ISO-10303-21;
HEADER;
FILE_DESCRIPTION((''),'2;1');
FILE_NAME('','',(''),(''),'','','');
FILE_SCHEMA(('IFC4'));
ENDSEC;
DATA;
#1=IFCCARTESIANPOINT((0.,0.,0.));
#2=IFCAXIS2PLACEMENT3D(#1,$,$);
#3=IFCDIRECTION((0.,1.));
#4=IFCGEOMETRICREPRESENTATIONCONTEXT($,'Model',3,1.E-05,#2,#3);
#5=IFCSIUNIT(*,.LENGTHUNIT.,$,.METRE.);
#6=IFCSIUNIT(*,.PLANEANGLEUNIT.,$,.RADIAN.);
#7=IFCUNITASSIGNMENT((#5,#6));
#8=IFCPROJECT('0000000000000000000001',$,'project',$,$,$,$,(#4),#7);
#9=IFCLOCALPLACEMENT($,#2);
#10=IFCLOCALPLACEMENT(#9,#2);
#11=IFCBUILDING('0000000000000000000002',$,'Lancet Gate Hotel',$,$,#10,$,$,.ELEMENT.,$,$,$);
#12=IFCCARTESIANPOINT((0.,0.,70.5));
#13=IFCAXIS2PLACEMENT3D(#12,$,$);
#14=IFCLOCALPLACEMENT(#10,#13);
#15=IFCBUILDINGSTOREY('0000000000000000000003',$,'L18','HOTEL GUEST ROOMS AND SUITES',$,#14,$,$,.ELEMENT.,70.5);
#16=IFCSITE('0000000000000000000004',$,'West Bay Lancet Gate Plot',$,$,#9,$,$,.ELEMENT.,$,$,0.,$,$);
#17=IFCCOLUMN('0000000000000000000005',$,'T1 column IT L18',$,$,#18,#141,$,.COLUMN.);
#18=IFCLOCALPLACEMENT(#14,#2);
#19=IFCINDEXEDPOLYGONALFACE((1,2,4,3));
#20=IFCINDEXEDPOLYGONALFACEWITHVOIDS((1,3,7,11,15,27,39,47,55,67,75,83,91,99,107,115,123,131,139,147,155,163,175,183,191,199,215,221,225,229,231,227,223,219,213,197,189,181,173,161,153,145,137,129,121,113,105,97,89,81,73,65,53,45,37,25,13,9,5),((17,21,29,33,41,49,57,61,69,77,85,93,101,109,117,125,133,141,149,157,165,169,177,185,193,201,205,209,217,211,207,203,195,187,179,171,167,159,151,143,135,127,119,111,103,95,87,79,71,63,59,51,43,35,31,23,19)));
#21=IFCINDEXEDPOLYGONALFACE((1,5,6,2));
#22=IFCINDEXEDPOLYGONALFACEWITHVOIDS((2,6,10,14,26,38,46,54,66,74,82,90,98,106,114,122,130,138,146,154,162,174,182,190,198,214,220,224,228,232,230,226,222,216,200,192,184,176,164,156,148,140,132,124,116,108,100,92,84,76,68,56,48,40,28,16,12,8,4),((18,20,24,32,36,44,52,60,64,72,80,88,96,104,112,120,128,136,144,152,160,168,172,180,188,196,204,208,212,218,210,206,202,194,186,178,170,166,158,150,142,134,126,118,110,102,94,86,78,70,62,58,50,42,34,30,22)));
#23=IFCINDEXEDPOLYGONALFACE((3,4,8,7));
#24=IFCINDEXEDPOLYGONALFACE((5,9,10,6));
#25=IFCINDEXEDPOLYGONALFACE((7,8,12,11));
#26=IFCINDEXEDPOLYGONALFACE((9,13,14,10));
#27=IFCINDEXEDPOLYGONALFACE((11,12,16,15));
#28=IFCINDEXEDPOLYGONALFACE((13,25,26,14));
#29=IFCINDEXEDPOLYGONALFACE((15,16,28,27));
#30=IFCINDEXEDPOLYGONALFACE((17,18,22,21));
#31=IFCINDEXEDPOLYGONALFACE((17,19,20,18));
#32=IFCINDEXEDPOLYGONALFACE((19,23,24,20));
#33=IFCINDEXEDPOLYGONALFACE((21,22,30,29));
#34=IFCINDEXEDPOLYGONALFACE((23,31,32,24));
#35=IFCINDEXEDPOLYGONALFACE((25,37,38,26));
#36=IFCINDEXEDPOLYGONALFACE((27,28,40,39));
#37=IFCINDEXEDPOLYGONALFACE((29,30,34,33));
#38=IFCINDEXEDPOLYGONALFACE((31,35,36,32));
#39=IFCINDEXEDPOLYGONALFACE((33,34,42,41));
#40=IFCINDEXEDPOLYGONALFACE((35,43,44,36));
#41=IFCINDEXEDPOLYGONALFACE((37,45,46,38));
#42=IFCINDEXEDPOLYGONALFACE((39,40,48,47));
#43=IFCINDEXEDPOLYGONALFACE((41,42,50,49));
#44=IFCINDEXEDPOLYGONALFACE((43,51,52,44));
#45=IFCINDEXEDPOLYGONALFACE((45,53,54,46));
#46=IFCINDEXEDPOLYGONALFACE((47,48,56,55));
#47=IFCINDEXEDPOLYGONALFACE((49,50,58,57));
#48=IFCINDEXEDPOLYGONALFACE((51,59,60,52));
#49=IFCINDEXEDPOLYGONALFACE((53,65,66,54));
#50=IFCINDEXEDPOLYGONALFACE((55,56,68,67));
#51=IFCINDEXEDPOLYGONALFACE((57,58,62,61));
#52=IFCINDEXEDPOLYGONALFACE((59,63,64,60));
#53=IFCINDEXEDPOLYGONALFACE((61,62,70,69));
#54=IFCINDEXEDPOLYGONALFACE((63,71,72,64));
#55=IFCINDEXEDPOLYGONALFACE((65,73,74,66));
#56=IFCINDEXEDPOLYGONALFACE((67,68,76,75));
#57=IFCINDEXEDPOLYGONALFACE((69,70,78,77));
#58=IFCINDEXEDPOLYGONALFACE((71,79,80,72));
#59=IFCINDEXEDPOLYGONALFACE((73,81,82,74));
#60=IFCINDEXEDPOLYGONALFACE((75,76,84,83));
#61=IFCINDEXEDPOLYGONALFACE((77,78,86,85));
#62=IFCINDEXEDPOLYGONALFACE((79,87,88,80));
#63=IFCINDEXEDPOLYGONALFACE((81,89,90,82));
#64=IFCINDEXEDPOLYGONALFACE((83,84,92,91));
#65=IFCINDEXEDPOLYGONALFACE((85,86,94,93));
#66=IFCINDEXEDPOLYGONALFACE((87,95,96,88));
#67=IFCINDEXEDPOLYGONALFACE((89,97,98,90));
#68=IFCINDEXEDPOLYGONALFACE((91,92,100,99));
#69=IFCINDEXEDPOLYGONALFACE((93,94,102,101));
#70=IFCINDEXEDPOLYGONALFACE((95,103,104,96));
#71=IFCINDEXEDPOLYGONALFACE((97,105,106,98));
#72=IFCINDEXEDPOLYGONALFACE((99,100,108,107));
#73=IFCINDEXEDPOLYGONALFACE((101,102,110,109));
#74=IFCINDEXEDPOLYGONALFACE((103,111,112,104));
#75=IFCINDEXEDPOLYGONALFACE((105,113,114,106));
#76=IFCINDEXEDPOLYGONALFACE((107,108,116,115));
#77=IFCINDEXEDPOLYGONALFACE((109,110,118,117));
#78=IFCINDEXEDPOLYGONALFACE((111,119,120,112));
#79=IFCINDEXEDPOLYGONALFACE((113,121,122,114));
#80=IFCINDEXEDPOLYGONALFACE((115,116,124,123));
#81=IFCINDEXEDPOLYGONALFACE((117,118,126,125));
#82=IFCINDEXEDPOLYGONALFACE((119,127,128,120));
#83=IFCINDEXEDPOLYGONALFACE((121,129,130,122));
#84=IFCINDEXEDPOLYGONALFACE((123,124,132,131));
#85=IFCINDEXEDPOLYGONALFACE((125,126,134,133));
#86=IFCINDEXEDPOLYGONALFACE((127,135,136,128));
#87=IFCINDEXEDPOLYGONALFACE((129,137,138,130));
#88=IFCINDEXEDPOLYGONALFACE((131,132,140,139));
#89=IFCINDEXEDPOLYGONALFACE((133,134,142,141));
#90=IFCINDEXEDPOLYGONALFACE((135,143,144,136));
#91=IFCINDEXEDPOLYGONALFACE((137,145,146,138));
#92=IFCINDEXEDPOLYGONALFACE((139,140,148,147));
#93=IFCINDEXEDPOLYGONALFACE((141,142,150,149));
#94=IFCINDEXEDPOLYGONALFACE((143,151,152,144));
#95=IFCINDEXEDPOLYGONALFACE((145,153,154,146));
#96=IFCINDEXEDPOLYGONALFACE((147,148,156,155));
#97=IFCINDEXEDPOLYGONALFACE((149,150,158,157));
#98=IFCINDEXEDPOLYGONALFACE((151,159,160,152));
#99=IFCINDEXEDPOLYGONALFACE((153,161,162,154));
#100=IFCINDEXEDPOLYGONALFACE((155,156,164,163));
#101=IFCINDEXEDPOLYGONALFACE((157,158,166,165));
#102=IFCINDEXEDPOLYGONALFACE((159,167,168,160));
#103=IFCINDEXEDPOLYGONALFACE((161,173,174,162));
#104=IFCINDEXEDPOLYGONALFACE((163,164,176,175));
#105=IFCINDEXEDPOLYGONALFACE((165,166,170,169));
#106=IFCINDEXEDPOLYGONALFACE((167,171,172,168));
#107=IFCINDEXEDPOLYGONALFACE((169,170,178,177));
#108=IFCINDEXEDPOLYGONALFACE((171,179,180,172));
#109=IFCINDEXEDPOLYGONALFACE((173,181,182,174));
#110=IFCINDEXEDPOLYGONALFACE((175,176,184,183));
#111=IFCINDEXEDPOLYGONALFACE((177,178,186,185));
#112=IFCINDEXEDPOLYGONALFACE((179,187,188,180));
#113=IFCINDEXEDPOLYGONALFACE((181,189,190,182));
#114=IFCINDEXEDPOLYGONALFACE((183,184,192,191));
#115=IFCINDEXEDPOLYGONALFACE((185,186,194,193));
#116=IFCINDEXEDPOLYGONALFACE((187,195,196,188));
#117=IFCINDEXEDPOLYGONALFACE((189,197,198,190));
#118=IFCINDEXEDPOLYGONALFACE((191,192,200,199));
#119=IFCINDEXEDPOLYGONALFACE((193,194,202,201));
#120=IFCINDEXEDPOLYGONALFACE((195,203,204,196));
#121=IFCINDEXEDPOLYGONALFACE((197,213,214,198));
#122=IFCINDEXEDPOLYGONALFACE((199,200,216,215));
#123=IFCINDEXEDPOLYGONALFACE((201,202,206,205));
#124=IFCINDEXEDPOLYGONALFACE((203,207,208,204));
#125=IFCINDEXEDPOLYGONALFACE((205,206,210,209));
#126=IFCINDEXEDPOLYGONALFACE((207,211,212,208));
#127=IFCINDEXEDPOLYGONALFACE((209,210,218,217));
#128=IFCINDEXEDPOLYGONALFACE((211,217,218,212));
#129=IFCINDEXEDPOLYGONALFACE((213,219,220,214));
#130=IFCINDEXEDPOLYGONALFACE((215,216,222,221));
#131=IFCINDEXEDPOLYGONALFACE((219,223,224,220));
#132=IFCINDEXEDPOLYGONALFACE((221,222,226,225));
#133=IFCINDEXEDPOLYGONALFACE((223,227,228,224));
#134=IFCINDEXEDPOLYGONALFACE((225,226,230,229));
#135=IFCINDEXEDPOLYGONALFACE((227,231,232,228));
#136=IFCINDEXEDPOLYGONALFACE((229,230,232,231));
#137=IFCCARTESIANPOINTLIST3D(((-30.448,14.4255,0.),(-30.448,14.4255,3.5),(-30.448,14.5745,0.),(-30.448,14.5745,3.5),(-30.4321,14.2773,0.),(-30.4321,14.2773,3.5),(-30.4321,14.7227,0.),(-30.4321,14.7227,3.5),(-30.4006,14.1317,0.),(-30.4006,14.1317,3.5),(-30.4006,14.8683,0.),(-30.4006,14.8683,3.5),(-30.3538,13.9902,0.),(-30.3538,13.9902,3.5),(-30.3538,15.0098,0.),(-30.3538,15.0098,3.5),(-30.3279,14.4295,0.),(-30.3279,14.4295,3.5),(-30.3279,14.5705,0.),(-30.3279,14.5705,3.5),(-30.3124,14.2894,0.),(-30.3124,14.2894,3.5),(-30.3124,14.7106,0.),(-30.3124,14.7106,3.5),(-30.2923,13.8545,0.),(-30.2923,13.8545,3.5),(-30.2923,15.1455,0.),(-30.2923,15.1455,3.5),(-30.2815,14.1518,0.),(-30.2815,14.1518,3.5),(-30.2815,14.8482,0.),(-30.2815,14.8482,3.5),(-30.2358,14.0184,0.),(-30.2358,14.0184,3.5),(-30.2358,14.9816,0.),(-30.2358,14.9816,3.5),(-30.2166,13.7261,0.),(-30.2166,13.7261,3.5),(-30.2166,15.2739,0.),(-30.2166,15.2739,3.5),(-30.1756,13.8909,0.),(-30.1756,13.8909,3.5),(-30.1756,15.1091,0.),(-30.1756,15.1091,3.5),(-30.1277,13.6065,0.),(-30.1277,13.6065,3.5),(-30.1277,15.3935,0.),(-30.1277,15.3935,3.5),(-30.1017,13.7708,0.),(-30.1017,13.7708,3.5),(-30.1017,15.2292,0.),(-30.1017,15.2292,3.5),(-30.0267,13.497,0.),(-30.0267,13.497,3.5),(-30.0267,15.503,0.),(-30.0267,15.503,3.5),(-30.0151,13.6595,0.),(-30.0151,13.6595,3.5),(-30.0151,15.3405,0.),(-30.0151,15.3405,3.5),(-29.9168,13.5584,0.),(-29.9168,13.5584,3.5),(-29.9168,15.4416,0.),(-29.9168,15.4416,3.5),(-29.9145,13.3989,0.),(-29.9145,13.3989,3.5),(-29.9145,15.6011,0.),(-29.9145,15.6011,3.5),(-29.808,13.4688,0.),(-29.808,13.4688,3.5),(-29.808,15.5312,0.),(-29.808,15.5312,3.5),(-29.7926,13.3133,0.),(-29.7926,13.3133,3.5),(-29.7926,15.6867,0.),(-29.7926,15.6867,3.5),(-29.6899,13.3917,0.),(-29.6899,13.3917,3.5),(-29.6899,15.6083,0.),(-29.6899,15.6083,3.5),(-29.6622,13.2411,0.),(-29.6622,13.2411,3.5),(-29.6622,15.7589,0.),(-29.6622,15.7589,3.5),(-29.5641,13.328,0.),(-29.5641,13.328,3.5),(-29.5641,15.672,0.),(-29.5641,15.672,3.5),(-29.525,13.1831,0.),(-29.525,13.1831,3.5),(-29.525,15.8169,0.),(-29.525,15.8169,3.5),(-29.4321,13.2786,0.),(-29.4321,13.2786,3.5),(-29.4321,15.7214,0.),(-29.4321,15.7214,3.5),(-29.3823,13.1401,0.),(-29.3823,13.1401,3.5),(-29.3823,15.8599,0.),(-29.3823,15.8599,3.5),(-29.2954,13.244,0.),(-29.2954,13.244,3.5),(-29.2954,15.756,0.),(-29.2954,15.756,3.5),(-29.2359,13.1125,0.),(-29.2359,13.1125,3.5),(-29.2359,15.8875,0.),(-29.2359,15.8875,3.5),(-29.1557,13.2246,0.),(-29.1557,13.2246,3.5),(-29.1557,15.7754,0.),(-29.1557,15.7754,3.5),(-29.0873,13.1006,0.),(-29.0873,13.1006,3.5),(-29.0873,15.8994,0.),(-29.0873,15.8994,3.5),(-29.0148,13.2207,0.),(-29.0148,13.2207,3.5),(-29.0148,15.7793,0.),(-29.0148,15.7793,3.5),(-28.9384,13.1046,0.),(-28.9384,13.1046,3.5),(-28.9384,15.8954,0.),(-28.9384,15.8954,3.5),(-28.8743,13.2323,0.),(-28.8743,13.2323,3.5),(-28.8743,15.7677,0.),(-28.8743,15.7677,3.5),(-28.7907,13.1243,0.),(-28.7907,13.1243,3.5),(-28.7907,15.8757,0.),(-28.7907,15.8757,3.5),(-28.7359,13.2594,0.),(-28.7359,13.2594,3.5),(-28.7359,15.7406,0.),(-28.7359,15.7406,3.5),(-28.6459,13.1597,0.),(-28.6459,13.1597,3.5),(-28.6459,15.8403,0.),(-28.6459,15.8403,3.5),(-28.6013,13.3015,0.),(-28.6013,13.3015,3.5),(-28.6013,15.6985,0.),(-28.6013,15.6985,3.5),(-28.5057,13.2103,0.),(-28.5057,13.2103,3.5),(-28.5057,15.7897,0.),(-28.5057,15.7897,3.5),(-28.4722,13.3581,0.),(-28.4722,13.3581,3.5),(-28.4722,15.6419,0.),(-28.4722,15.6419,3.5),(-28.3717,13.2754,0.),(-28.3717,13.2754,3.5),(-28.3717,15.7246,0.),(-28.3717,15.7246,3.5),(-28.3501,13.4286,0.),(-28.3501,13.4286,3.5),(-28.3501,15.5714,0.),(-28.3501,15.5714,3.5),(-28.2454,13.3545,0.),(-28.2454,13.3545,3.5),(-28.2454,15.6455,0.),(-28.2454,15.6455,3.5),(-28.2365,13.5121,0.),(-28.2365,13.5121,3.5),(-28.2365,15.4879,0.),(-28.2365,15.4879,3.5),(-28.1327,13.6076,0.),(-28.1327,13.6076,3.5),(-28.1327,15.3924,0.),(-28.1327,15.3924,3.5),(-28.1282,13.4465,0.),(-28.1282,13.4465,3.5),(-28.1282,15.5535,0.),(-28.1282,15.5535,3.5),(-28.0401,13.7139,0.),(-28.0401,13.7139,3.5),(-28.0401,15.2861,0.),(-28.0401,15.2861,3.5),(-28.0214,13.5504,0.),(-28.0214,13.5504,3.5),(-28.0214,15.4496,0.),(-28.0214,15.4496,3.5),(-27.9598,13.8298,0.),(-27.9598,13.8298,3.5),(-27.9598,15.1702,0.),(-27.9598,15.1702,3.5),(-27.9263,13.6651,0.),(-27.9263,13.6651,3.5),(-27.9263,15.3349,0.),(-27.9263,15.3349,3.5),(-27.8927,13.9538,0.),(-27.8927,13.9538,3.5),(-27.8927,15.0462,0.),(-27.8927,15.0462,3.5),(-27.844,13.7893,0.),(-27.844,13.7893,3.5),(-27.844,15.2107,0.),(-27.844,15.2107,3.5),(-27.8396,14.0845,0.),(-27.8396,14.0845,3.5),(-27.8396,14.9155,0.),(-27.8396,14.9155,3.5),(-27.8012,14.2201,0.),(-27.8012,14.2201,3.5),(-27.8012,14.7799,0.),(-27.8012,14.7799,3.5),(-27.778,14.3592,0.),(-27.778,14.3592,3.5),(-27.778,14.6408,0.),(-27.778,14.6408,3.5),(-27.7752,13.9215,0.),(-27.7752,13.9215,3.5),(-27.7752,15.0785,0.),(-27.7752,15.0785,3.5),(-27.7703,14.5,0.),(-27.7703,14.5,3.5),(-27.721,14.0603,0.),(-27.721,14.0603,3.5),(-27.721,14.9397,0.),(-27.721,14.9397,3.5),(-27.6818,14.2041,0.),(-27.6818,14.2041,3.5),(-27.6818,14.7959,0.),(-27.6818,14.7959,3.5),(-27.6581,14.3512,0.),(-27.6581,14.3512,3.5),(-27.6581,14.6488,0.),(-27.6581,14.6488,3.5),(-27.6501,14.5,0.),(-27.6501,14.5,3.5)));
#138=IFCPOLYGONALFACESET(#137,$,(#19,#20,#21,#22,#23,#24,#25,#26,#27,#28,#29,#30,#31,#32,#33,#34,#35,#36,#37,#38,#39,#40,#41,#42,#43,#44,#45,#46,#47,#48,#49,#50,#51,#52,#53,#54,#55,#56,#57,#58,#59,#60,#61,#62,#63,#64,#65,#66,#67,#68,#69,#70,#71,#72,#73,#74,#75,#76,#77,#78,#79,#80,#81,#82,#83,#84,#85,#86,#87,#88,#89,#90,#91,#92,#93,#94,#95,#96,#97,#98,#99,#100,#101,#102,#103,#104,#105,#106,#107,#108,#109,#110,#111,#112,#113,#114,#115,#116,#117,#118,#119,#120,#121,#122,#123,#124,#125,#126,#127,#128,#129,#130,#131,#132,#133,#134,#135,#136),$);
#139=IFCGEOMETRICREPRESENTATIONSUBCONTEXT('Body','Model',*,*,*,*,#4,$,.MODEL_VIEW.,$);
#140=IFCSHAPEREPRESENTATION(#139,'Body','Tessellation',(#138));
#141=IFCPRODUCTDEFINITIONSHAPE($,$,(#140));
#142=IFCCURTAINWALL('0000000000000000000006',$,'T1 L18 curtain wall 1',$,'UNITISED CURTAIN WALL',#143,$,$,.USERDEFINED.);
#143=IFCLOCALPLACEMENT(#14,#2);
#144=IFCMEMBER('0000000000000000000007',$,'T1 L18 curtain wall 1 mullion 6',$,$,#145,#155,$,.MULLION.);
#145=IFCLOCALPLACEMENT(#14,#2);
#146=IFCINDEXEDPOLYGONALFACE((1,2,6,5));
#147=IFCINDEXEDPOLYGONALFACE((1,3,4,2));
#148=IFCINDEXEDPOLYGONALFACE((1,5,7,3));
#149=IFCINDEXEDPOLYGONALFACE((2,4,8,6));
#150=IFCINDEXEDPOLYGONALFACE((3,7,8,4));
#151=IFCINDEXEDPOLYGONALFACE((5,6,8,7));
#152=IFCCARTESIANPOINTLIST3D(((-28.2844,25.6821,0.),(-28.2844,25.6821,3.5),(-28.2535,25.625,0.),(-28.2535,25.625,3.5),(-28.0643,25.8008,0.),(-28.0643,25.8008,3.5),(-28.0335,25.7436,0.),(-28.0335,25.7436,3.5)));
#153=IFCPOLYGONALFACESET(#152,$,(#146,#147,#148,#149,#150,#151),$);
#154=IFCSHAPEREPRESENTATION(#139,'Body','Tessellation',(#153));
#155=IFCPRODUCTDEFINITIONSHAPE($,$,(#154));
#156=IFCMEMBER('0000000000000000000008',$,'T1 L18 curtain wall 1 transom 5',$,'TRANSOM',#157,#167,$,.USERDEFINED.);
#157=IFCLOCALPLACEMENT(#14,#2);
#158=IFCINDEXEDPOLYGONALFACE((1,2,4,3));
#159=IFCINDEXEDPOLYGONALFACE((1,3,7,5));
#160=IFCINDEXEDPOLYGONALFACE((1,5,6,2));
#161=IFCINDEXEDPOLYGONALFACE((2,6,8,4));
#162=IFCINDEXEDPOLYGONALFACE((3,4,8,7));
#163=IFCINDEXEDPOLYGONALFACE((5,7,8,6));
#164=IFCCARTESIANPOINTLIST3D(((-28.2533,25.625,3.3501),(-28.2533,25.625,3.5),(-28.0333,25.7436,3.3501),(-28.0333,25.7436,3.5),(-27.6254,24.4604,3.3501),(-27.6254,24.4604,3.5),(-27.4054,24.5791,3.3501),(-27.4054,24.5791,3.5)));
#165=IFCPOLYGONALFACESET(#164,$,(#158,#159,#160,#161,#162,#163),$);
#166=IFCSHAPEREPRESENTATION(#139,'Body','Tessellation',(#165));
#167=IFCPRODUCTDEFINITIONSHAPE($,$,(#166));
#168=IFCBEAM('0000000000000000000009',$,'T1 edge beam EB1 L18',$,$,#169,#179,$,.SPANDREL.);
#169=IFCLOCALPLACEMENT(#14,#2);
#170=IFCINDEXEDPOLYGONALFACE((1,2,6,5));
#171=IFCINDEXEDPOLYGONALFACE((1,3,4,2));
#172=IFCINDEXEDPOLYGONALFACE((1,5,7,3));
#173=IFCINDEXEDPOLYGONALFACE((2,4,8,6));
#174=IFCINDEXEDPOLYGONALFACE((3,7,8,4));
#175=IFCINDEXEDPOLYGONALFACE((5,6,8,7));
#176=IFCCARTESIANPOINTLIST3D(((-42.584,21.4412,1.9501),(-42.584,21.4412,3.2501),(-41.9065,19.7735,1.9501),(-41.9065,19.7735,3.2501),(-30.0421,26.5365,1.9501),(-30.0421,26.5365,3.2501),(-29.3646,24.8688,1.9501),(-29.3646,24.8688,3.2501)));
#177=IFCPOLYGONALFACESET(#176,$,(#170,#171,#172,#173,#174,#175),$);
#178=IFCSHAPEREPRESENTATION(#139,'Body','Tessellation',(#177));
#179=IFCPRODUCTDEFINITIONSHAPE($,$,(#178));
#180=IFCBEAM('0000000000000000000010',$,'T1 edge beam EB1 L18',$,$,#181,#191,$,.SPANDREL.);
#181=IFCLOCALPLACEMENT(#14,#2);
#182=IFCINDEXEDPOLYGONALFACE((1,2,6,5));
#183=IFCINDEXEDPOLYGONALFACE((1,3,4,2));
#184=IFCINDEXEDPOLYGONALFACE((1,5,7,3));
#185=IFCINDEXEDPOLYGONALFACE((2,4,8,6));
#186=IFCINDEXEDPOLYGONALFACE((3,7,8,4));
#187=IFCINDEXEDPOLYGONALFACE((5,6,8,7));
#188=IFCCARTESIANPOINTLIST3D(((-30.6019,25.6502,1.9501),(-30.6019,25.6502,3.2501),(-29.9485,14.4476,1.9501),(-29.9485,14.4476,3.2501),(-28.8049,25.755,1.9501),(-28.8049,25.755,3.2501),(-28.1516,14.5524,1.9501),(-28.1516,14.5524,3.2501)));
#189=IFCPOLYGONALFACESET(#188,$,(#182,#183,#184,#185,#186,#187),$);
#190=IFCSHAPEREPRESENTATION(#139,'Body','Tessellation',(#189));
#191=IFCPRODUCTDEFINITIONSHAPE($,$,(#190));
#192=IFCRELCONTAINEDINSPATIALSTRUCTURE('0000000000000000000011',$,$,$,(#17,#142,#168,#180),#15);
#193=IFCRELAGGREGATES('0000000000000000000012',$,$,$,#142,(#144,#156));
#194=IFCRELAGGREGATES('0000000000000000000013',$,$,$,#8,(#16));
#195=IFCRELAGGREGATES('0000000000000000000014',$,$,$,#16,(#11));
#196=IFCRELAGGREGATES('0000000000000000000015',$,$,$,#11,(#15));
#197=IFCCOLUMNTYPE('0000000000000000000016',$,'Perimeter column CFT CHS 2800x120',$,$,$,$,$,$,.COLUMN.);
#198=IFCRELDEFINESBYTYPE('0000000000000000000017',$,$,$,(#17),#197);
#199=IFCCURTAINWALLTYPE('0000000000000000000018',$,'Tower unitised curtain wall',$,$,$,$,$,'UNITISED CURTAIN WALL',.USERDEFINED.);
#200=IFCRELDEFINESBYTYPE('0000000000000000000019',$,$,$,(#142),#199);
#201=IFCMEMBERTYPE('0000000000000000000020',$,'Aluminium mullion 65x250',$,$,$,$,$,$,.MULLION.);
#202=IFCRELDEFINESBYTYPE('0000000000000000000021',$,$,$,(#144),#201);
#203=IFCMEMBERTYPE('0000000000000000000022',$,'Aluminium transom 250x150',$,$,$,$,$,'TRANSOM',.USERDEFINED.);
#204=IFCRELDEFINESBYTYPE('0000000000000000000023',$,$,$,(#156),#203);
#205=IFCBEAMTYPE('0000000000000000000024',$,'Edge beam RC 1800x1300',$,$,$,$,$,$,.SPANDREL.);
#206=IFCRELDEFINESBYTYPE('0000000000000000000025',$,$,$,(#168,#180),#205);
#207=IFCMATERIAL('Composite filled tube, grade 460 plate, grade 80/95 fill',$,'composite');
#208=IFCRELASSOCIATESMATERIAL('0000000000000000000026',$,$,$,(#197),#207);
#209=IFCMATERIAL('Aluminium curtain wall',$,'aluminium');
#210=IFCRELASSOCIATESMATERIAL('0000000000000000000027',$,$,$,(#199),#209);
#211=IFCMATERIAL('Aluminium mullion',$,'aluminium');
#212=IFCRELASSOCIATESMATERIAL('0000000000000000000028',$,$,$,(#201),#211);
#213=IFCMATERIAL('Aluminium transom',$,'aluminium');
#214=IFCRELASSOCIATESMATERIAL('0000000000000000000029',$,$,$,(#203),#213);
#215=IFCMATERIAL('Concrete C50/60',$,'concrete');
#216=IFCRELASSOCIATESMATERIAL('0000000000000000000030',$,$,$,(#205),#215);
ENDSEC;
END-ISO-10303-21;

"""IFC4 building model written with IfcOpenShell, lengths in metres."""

from ifc_helpers import new_model, si_unit, direction, frame, origin, origin_2d, place, context, subcontext, project, spatial, rectangle, hollow_circle, extrude, material, material_profile, profile_set, type_object, element, aggregate, save


model = new_model("IFC4")

# Units and contexts
model_context = context("Model", 3, precision=1e-05, world=origin(), true_north=direction((0.0, 1.0)))
body_context = subcontext(model_context, "Body", "Model", "MODEL_VIEW")
ifc_project = project(units=[si_unit("LENGTHUNIT", "METRE"), si_unit("PLANEANGLEUNIT", "RADIAN")], contexts=[model_context])

# Site, building, storey
site_placement = place(None, origin())
site = spatial("IfcSite", under=ifc_project, at=site_placement, Name="West Bay Lancet Gate Plot", CompositionType="ELEMENT", RefElevation=0.0)
building_placement = place(site_placement, origin())
building = spatial("IfcBuilding", under=site, at=building_placement, Name="Lancet Gate Hotel", CompositionType="ELEMENT")
storey_placement = place(building_placement, frame((0.0, 0.0, 70.5)))
storey = spatial("IfcBuildingStorey", under=building, at=storey_placement, Name="L18", Description="HOTEL GUEST ROOMS AND SUITES", CompositionType="ELEMENT", Elevation=70.5)

# Column
ifc_material_1 = material(Name="Composite filled tube, grade 460 plate, grade 80/95 fill", Category="composite")
ifc_material_profile_1 = material_profile(ifc_material_1, hollow_circle(Radius=1.3999, WallThickness=0.1201, at=origin_2d()), Name="CHS 2800x120")
ifc_profile_set_1 = profile_set([ifc_material_profile_1], Name="Composite filled tube, grade 460 plate, grade 80/95 fill")
column_type = type_object("IfcColumnType", Name="Perimeter column CFT CHS 2800x120", PredefinedType="COLUMN", material=ifc_profile_set_1)
for number, where, z_axis, x_axis, name in (
    (1, (-29.05, 14.5, 0.0), (0.0, 0.0, 1.0), (1.0, 0.0, 0.0), "T1 column IT L18"),
):
    element("IfcColumn", number, at=place(storey_placement, frame(where, z_axis=z_axis, x_axis=x_axis)), inside=storey, type_object=column_type, Name=name, PredefinedType="COLUMN", context=body_context, shape_type="SweptSolid", body=[
        extrude(hollow_circle(Radius=1.3999, WallThickness=0.1201, at=origin_2d()), origin(), (0.0, 0.0, 1.0), 3.5),
    ])

# Curtain wall, members
ifc_material_2 = material(Name="Aluminium curtain wall", Category="aluminium")
curtain_wall_type = type_object("IfcCurtainWallType", Name="Tower unitised curtain wall", ElementType="UNITISED CURTAIN WALL", PredefinedType="USERDEFINED", material=ifc_material_2)
curtain_wall_placement = place(storey_placement, origin())
curtain_wall = element("IfcCurtainWall", 2, at=curtain_wall_placement, inside=storey, type_object=curtain_wall_type, Name="T1 L18 curtain wall 1", ObjectType="UNITISED CURTAIN WALL", PredefinedType="USERDEFINED")
ifc_material_3 = material(Name="Aluminium mullion", Category="aluminium")
ifc_material_profile_2 = material_profile(ifc_material_3, rectangle(XDim=0.0649, YDim=0.25, at=origin_2d()), Name="MULLION 65x250")
ifc_profile_set_2 = profile_set([ifc_material_profile_2], Name="Aluminium mullion")
member_type_1 = type_object("IfcMemberType", Name="Aluminium mullion 65x250", PredefinedType="MULLION", material=ifc_profile_set_2)
member_1_placement = place(storey_placement, frame((-28.1589, 25.7129, 0.0), z_axis=(0.0, 0.0, 1.0), x_axis=(-0.474631, 0.880185, 0.0)))
member_1 = element("IfcMember", 3, at=member_1_placement, type_object=member_type_1, Name="T1 L18 curtain wall 1 mullion 6", PredefinedType="MULLION", context=body_context, shape_type="SweptSolid", body=[
    extrude(rectangle(XDim=0.0649, YDim=0.25, at=origin_2d()), origin(), (0.0, 0.0, 1.0), 3.5),
])
ifc_material_4 = material(Name="Aluminium transom", Category="aluminium")
ifc_material_profile_3 = material_profile(ifc_material_4, rectangle(XDim=0.25, YDim=0.1499, at=origin_2d()), Name="TRANSOM 250x150")
ifc_profile_set_3 = profile_set([ifc_material_profile_3], Name="Aluminium transom")
member_type_2 = type_object("IfcMemberType", Name="Aluminium transom 250x150", ElementType="TRANSOM", PredefinedType="USERDEFINED", material=ifc_profile_set_3)
member_2_placement = place(storey_placement, frame((-27.5154, 24.5198, 3.425), z_axis=(-0.474606, 0.880198, 0.0), x_axis=(-0.880198, -0.474606, 0.0)))
member_2 = element("IfcMember", 4, at=member_2_placement, type_object=member_type_2, Name="T1 L18 curtain wall 1 transom 5", ObjectType="TRANSOM", PredefinedType="USERDEFINED", context=body_context, shape_type="SweptSolid", body=[
    extrude(rectangle(XDim=0.25, YDim=0.1499, at=origin_2d()), origin(), (0.0, 0.0, 1.0), 1.323),
])

# Beams
ifc_material_5 = material(Name="Concrete C50/60", Category="concrete")
ifc_material_profile_4 = material_profile(ifc_material_5, rectangle(XDim=1.8, YDim=1.3, at=origin_2d()), Name="RC 1800x1300")
ifc_profile_set_4 = profile_set([ifc_material_profile_4], Name="Concrete C50/60")
beam_type_1 = type_object("IfcBeamType", Name="Edge beam RC 1800x1300", PredefinedType="SPANDREL", material=ifc_profile_set_4)
beam_1_placement = place(storey_placement, frame((-29.7034, 25.7026, 2.6001), z_axis=(-0.926463, -0.376385, 0.0), x_axis=(0.376385, -0.926463, 0.0)))
element("IfcBeam", 5, at=beam_1_placement, inside=storey, type_object=beam_type_1, Name="T1 edge beam EB1 L18", PredefinedType="SPANDREL", context=body_context, shape_type="SweptSolid", body=[
    extrude(rectangle(XDim=1.8, YDim=1.3, at=origin_2d()), origin(), (0.0, 0.0, 1.0), 13.5374),
])
beam_2_placement = place(storey_placement, frame((-29.7034, 25.7026, 2.6001), z_axis=(0.05822, -0.998304, 0.0), x_axis=(0.998304, 0.05822, 0.0)))
element("IfcBeam", 6, at=beam_2_placement, inside=storey, type_object=beam_type_1, Name="T1 edge beam EB1 L18", PredefinedType="SPANDREL", context=body_context, shape_type="SweptSolid", body=[
    extrude(rectangle(XDim=1.8, YDim=1.3, at=origin_2d()), origin(), (0.0, 0.0, 1.0), 11.2217),
])

aggregate(curtain_wall, [member_1, member_2])

save(model, "model.ifc")
